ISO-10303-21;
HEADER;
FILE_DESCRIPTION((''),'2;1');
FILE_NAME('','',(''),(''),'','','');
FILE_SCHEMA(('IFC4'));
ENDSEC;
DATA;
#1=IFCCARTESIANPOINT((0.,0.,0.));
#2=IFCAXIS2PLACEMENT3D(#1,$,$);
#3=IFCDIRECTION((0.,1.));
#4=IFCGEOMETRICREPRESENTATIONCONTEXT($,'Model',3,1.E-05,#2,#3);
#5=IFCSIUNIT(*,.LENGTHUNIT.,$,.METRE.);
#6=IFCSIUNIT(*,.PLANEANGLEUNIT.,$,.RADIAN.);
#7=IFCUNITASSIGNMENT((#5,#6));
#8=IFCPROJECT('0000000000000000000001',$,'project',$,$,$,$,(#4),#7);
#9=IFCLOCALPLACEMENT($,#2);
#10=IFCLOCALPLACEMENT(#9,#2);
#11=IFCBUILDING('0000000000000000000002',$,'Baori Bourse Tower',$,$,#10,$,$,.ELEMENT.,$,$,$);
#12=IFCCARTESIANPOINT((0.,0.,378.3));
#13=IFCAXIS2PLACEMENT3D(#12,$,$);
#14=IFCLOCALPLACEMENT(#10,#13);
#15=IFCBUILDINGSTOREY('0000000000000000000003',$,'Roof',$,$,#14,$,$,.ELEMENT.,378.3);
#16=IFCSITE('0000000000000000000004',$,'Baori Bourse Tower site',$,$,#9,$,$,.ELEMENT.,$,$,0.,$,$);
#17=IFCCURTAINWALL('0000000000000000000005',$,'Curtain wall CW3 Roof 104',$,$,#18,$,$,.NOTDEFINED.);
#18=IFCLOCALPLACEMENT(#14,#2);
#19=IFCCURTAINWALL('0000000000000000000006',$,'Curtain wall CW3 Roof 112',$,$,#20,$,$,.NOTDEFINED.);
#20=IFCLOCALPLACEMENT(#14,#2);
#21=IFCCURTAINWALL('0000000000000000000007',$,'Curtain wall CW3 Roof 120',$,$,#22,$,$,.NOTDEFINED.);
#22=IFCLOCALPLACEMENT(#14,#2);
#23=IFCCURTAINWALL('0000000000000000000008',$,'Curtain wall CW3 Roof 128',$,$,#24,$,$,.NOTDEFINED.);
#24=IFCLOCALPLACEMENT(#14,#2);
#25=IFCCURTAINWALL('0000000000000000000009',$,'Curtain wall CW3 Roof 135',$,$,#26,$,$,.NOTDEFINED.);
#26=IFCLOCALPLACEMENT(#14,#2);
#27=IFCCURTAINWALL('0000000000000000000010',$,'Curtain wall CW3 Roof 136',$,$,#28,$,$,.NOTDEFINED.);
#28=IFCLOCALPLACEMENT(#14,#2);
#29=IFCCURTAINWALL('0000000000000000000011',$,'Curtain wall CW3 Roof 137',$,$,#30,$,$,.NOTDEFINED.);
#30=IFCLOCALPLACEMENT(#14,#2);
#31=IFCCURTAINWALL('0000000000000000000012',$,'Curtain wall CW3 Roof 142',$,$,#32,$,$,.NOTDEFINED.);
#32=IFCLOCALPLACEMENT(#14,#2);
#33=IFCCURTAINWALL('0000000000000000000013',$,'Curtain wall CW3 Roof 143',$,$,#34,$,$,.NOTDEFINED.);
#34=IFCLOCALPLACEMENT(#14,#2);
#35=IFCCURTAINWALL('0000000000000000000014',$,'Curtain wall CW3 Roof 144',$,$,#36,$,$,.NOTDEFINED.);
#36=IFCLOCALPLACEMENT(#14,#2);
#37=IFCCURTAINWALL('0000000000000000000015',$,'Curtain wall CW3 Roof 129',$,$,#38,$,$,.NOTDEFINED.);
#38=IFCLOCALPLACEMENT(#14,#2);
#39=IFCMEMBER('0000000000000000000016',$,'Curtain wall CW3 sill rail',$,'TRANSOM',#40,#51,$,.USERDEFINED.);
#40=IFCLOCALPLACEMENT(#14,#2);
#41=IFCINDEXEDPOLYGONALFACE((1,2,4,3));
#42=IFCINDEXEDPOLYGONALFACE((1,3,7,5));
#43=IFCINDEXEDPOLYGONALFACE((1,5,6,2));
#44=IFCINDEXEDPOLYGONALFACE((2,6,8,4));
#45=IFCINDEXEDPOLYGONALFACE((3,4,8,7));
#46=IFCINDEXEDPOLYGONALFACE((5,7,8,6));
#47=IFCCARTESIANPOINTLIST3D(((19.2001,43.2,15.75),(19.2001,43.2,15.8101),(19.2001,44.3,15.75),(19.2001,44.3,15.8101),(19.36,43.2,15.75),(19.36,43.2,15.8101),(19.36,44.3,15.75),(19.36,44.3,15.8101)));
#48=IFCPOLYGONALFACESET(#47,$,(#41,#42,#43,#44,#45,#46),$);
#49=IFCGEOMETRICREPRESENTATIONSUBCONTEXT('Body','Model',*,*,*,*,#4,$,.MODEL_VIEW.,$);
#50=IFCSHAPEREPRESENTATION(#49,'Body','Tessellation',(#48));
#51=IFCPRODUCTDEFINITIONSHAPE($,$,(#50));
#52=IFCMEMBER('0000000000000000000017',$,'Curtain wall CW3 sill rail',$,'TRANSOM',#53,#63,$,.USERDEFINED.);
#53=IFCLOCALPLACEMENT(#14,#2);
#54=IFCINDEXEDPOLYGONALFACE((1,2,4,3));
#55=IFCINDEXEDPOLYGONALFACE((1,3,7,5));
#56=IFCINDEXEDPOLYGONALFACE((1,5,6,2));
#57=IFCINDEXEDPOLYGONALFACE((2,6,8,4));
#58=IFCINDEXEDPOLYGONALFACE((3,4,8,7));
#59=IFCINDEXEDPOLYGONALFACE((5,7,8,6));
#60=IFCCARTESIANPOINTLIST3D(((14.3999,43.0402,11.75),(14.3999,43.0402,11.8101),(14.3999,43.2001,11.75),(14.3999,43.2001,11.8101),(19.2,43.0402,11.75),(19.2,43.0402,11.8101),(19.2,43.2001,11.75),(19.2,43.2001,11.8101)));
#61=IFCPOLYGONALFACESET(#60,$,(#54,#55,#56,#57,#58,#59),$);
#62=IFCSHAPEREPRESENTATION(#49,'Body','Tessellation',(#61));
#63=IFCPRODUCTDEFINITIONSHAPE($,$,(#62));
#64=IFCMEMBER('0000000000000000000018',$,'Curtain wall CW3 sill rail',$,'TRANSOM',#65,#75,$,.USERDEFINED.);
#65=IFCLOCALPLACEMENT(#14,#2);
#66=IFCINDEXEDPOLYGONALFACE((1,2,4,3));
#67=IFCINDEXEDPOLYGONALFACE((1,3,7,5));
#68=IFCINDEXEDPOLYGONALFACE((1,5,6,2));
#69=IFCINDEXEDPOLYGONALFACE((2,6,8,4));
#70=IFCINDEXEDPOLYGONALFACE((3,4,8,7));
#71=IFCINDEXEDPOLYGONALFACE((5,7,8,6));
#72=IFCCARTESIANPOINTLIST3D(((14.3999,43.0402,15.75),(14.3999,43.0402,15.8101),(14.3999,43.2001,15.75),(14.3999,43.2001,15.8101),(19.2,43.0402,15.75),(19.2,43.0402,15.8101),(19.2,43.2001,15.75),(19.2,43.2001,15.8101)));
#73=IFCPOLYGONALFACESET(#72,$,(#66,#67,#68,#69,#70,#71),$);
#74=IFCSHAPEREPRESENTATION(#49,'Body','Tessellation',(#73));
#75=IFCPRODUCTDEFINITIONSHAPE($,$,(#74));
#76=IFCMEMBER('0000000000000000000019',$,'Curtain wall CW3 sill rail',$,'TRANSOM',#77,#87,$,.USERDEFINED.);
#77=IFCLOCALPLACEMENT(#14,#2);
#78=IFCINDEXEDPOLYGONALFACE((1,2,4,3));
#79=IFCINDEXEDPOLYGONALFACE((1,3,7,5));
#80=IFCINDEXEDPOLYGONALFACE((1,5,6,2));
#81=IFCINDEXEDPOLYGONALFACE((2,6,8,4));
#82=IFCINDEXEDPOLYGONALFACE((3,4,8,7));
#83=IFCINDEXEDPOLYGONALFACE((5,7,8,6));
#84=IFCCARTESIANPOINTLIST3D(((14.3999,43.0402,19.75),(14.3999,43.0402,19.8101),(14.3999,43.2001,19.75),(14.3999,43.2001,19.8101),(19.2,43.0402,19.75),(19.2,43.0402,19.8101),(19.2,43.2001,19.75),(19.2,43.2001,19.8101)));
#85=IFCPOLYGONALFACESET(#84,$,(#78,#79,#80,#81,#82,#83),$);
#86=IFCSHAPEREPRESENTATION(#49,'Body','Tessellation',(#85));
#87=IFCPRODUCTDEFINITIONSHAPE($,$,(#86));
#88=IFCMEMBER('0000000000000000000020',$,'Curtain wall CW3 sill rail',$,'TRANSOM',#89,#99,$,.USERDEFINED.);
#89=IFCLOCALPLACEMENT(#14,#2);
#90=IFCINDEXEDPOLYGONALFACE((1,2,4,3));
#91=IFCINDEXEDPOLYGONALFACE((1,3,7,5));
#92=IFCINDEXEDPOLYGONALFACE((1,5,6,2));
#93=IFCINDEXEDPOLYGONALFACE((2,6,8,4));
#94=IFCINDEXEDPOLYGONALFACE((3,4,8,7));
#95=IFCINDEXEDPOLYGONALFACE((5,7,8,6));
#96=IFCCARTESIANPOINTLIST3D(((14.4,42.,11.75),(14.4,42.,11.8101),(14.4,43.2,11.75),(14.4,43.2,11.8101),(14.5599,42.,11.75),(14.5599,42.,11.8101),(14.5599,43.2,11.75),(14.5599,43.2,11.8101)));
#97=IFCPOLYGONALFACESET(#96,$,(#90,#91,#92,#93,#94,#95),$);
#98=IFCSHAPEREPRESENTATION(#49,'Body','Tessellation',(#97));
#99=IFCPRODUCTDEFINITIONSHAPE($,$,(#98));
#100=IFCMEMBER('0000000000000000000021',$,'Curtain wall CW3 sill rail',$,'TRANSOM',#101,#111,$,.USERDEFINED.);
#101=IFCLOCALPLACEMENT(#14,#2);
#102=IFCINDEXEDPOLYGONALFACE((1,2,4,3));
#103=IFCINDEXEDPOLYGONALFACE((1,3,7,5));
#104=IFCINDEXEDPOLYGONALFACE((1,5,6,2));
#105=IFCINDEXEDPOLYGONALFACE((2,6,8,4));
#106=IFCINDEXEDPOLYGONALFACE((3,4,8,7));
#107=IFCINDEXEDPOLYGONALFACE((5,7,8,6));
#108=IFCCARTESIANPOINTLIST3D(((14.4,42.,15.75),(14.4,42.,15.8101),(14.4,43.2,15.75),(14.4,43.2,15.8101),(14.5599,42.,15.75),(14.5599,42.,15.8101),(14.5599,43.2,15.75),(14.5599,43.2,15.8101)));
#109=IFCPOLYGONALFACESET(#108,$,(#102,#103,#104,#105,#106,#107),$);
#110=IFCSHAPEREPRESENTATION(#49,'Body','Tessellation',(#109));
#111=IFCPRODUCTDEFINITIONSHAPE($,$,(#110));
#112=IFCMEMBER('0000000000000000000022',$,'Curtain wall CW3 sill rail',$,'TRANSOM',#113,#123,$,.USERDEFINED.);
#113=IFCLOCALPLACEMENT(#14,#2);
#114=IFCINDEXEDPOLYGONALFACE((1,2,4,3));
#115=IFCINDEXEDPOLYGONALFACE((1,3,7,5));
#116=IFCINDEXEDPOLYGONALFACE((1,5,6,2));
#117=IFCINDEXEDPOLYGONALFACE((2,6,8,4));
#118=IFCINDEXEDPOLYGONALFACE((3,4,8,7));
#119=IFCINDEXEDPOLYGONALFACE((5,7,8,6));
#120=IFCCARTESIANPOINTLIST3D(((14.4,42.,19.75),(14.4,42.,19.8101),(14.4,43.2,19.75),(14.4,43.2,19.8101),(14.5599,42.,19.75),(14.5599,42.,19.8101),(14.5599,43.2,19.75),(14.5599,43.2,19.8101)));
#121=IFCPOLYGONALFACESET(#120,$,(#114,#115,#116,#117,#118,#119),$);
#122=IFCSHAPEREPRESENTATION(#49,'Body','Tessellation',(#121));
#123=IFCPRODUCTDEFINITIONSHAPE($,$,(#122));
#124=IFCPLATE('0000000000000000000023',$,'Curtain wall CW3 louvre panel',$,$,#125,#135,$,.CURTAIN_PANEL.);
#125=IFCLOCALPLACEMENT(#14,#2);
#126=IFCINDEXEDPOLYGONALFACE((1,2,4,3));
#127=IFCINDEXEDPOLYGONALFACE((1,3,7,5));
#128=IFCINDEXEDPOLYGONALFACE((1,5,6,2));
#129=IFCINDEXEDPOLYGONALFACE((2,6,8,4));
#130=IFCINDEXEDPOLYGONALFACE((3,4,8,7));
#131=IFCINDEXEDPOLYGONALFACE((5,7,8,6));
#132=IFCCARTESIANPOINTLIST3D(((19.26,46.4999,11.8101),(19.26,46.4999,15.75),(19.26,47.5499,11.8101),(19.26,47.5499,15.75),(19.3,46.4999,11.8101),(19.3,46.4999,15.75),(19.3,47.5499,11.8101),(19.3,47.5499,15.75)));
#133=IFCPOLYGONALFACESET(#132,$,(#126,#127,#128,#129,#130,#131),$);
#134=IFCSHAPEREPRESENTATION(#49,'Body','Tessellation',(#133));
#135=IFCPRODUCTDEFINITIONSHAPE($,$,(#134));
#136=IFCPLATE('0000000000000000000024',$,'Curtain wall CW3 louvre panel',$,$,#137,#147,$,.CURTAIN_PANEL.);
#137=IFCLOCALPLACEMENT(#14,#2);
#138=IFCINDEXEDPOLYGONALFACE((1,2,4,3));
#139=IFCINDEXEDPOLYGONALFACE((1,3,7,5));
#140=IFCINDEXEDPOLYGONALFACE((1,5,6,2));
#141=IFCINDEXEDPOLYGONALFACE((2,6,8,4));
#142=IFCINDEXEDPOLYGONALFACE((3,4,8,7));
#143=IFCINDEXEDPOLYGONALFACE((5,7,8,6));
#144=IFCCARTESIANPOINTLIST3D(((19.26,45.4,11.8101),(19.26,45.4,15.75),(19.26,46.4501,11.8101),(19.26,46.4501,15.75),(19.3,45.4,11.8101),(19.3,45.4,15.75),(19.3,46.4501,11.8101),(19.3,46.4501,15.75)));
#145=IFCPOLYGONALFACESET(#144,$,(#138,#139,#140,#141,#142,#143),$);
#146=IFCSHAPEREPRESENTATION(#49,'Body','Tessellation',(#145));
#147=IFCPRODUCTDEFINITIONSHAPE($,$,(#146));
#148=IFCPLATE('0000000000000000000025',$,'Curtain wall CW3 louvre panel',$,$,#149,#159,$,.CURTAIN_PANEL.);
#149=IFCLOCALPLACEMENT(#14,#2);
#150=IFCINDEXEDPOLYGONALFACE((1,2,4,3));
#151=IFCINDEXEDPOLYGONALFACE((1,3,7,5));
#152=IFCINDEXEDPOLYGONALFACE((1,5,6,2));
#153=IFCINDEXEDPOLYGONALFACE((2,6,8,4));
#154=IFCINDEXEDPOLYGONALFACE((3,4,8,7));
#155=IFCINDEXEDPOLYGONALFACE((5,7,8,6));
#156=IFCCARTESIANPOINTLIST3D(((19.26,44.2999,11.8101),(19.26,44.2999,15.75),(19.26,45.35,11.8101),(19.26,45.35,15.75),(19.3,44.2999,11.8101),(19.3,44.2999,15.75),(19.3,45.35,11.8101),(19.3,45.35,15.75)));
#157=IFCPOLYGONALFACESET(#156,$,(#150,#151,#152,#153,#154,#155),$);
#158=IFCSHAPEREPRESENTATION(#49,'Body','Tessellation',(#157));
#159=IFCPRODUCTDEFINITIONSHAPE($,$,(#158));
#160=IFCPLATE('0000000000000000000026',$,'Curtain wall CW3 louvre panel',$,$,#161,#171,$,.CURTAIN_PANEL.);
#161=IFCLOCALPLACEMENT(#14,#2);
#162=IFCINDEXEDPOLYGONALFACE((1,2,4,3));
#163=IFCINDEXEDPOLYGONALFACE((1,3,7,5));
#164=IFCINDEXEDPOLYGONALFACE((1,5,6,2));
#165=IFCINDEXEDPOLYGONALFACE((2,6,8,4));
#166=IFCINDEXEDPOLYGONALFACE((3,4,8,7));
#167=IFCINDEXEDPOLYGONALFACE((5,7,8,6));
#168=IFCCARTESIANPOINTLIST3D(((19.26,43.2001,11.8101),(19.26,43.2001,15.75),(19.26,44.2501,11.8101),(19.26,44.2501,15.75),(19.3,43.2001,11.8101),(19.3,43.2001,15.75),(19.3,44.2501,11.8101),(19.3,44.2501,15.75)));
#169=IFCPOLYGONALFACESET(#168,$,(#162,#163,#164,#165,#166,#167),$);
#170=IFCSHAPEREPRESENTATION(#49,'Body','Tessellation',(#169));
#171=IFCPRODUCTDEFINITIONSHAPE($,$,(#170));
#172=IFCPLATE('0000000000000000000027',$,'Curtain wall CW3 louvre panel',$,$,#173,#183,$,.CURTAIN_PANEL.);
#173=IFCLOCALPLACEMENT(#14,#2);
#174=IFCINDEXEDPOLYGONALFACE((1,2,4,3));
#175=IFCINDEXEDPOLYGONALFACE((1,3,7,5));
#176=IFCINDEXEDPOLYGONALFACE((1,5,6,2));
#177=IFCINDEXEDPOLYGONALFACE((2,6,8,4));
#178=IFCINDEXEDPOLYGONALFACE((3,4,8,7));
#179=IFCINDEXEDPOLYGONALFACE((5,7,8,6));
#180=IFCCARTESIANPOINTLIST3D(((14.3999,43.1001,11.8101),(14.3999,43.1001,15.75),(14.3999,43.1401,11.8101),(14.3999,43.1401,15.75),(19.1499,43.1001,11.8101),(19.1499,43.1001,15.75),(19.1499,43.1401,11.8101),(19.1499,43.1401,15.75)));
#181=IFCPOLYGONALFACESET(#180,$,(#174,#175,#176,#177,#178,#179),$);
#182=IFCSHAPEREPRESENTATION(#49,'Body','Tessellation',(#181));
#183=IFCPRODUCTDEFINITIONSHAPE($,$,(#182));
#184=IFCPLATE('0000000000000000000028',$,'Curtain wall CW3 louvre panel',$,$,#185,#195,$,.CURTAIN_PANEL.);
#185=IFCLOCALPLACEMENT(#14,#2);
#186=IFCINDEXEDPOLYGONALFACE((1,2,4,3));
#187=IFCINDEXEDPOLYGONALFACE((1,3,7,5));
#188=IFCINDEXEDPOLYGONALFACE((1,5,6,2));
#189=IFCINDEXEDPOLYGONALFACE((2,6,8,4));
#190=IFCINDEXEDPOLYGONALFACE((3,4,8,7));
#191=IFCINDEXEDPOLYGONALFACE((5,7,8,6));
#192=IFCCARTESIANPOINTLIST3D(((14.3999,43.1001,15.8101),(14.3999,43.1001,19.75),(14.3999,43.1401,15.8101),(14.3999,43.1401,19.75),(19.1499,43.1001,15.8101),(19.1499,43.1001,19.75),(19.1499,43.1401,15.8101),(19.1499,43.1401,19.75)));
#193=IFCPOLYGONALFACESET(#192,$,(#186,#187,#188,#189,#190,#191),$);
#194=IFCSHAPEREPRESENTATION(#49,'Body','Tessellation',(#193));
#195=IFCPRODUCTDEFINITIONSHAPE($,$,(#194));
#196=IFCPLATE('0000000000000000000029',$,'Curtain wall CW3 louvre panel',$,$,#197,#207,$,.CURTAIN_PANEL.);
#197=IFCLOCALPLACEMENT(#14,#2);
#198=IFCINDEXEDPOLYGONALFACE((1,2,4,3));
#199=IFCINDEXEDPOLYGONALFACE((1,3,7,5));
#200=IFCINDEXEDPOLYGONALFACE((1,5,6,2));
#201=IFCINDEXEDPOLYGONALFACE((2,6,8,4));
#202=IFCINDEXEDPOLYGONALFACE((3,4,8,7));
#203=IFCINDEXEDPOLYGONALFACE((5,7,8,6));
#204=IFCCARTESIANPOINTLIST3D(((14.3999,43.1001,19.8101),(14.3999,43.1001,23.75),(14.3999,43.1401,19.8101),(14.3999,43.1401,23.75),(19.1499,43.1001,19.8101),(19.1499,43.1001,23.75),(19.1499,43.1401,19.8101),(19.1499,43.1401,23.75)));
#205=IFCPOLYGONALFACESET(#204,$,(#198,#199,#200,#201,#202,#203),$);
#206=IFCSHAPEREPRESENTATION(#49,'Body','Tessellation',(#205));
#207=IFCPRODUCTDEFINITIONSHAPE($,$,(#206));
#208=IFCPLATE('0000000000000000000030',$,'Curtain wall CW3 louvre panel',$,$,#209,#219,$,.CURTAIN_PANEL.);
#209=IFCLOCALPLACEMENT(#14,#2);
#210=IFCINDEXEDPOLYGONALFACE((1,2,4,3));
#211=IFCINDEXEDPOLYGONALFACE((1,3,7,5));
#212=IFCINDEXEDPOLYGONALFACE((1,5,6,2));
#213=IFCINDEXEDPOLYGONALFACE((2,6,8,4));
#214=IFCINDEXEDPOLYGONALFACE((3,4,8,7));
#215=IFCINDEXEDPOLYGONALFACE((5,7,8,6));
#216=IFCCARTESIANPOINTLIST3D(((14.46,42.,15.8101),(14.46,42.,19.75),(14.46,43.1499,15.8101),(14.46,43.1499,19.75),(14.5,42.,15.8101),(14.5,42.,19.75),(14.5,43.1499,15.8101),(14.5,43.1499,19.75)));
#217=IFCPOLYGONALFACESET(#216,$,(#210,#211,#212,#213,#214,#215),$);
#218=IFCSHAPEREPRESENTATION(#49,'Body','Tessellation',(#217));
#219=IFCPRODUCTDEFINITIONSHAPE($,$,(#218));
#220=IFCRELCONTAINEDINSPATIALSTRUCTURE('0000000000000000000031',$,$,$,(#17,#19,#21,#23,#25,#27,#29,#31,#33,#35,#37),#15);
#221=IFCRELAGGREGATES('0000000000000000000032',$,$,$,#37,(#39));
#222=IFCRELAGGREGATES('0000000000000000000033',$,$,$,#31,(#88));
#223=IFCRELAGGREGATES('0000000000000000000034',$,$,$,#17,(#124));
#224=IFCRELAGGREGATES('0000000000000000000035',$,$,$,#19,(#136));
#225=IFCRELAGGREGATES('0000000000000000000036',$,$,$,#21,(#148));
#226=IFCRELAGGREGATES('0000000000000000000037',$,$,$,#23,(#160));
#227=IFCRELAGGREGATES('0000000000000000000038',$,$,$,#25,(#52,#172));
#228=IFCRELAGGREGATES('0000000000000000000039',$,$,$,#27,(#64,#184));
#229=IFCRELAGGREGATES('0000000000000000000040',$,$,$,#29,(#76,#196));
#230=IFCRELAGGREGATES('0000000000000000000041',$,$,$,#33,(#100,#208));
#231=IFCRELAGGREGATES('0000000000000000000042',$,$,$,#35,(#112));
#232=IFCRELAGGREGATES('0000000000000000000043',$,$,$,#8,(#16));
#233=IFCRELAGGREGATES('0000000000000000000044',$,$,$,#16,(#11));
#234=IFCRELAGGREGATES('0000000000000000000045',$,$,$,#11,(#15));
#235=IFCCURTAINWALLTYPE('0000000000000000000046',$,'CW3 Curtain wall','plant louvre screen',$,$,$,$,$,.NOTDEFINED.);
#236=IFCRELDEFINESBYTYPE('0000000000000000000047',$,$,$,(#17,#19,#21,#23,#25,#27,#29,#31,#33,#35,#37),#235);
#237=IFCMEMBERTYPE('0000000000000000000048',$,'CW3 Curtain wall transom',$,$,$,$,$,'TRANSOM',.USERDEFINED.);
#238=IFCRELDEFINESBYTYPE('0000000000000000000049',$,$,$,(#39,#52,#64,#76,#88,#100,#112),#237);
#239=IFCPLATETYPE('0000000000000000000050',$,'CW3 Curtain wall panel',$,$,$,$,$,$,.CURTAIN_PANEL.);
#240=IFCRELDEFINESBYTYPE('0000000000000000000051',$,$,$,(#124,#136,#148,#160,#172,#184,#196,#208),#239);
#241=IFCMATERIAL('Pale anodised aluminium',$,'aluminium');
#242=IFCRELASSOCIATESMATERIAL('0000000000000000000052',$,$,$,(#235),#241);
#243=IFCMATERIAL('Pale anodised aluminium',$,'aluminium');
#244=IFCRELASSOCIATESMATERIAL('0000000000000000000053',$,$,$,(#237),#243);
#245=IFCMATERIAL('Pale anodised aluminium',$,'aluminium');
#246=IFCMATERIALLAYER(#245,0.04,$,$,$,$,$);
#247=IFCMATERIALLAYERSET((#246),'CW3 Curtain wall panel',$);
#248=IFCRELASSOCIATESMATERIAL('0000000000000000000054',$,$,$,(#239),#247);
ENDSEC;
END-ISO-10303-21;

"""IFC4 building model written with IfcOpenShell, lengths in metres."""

from ifc_helpers import new_model, si_unit, direction, frame, origin, origin_2d, place, context, subcontext, project, spatial, rectangle, extrude, material, layer, layer_set, material_profile, profile_set, type_object, element, aggregate, save


model = new_model("IFC4")

# Units and contexts
model_context = context("Model", 3, precision=1e-05, world=origin(), true_north=direction((0.0, 1.0)))
body_context = subcontext(model_context, "Body", "Model", "MODEL_VIEW")
ifc_project = project(units=[si_unit("LENGTHUNIT", "METRE"), si_unit("PLANEANGLEUNIT", "RADIAN")], contexts=[model_context])

# Site, building, storey
site_placement = place(None, origin())
site = spatial("IfcSite", under=ifc_project, at=site_placement, Name="Baori Bourse Tower site", CompositionType="ELEMENT", RefElevation=0.0)
building_placement = place(site_placement, origin())
building = spatial("IfcBuilding", under=site, at=building_placement, Name="Baori Bourse Tower", CompositionType="ELEMENT")
storey_placement = place(building_placement, frame((0.0, 0.0, 378.3)))
storey = spatial("IfcBuildingStorey", under=building, at=storey_placement, Name="Roof", CompositionType="ELEMENT", Elevation=378.3)

# Curtain walls
ifc_material_1 = material(Name="Pale anodised aluminium", Category="aluminium")
curtain_wall_type = type_object("IfcCurtainWallType", Name="CW3 Curtain wall", Description="plant louvre screen", PredefinedType="NOTDEFINED", material=ifc_material_1)
curtain_wall_1_placement = place(storey_placement, origin())
curtain_wall_1 = element("IfcCurtainWall", 1, at=curtain_wall_1_placement, inside=storey, type_object=curtain_wall_type, Name="Curtain wall CW3 Roof 104", PredefinedType="NOTDEFINED")
curtain_wall_2_placement = place(storey_placement, origin())
curtain_wall_2 = element("IfcCurtainWall", 2, at=curtain_wall_2_placement, inside=storey, type_object=curtain_wall_type, Name="Curtain wall CW3 Roof 112", PredefinedType="NOTDEFINED")
curtain_wall_3_placement = place(storey_placement, origin())
curtain_wall_3 = element("IfcCurtainWall", 3, at=curtain_wall_3_placement, inside=storey, type_object=curtain_wall_type, Name="Curtain wall CW3 Roof 120", PredefinedType="NOTDEFINED")
curtain_wall_4_placement = place(storey_placement, origin())
curtain_wall_4 = element("IfcCurtainWall", 4, at=curtain_wall_4_placement, inside=storey, type_object=curtain_wall_type, Name="Curtain wall CW3 Roof 128", PredefinedType="NOTDEFINED")
curtain_wall_5_placement = place(storey_placement, origin())
curtain_wall_5 = element("IfcCurtainWall", 5, at=curtain_wall_5_placement, inside=storey, type_object=curtain_wall_type, Name="Curtain wall CW3 Roof 135", PredefinedType="NOTDEFINED")
curtain_wall_6_placement = place(storey_placement, origin())
curtain_wall_6 = element("IfcCurtainWall", 6, at=curtain_wall_6_placement, inside=storey, type_object=curtain_wall_type, Name="Curtain wall CW3 Roof 136", PredefinedType="NOTDEFINED")
curtain_wall_7_placement = place(storey_placement, origin())
curtain_wall_7 = element("IfcCurtainWall", 7, at=curtain_wall_7_placement, inside=storey, type_object=curtain_wall_type, Name="Curtain wall CW3 Roof 137", PredefinedType="NOTDEFINED")
curtain_wall_8_placement = place(storey_placement, origin())
curtain_wall_8 = element("IfcCurtainWall", 8, at=curtain_wall_8_placement, inside=storey, type_object=curtain_wall_type, Name="Curtain wall CW3 Roof 142", PredefinedType="NOTDEFINED")
curtain_wall_9_placement = place(storey_placement, origin())
curtain_wall_9 = element("IfcCurtainWall", 9, at=curtain_wall_9_placement, inside=storey, type_object=curtain_wall_type, Name="Curtain wall CW3 Roof 143", PredefinedType="NOTDEFINED")
curtain_wall_10_placement = place(storey_placement, origin())
curtain_wall_10 = element("IfcCurtainWall", 10, at=curtain_wall_10_placement, inside=storey, type_object=curtain_wall_type, Name="Curtain wall CW3 Roof 144", PredefinedType="NOTDEFINED")

# Shared definitions
ifc_material_2 = material(Name="Pale anodised aluminium", Category="aluminium")
ifc_material_profile_1 = material_profile(ifc_material_2, rectangle(XDim=0.1599, YDim=0.0601, at=origin_2d()), Name="Transom 60x160")
ifc_profile_set_1 = profile_set([ifc_material_profile_1], Name="Pale anodised aluminium")
member_type_1 = type_object("IfcMemberType", Name="CW3 Curtain wall transom", ElementType="TRANSOM", PredefinedType="USERDEFINED", material=ifc_profile_set_1)

# Curtain wall, member
curtain_wall_11_placement = place(storey_placement, origin())
curtain_wall_11 = element("IfcCurtainWall", 11, at=curtain_wall_11_placement, inside=storey, type_object=curtain_wall_type, Name="Curtain wall CW3 Roof 129", PredefinedType="NOTDEFINED")
member_1_placement = place(storey_placement, frame((19.28, 44.3, 15.78), z_axis=(0.0, -1.0, 0.0), x_axis=(1.0, 0.0, 0.0)))
member_1 = element("IfcMember", 12, at=member_1_placement, type_object=member_type_1, Name="Curtain wall CW3 sill rail", ObjectType="TRANSOM", PredefinedType="USERDEFINED", context=body_context, shape_type="SweptSolid", body=[
    extrude(rectangle(XDim=0.1599, YDim=0.0601, at=origin_2d()), origin(), (0.0, 0.0, 1.0), 1.1001),
])
aggregate(curtain_wall_11, [member_1])

# Members
member_2_placement = place(storey_placement, frame((19.2, 43.1201, 11.78), z_axis=(-1.0, 0.0, 0.0), x_axis=(0.0, -1.0, 0.0)))
member_2 = element("IfcMember", 13, at=member_2_placement, type_object=member_type_1, Name="Curtain wall CW3 sill rail", ObjectType="TRANSOM", PredefinedType="USERDEFINED", context=body_context, shape_type="SweptSolid", body=[
    extrude(rectangle(XDim=0.1599, YDim=0.0601, at=origin_2d()), origin(), (0.0, 0.0, 1.0), 4.8),
])
member_3_placement = place(storey_placement, frame((19.2, 43.1201, 15.78), z_axis=(-1.0, 0.0, 0.0), x_axis=(0.0, -1.0, 0.0)))
member_3 = element("IfcMember", 14, at=member_3_placement, type_object=member_type_1, Name="Curtain wall CW3 sill rail", ObjectType="TRANSOM", PredefinedType="USERDEFINED", context=body_context, shape_type="SweptSolid", body=[
    extrude(rectangle(XDim=0.1599, YDim=0.0601, at=origin_2d()), origin(), (0.0, 0.0, 1.0), 4.8),
])
member_4_placement = place(storey_placement, frame((19.2, 43.1201, 19.78), z_axis=(-1.0, 0.0, 0.0), x_axis=(0.0, -1.0, 0.0)))
member_4 = element("IfcMember", 15, at=member_4_placement, type_object=member_type_1, Name="Curtain wall CW3 sill rail", ObjectType="TRANSOM", PredefinedType="USERDEFINED", context=body_context, shape_type="SweptSolid", body=[
    extrude(rectangle(XDim=0.1599, YDim=0.0601, at=origin_2d()), origin(), (0.0, 0.0, 1.0), 4.8),
])
member_5_placement = place(storey_placement, frame((14.48, 43.2, 11.78), z_axis=(0.0, -1.0, 0.0), x_axis=(1.0, 0.0, 0.0)))
member_5 = element("IfcMember", 16, at=member_5_placement, type_object=member_type_1, Name="Curtain wall CW3 sill rail", ObjectType="TRANSOM", PredefinedType="USERDEFINED", context=body_context, shape_type="SweptSolid", body=[
    extrude(rectangle(XDim=0.1599, YDim=0.0601, at=origin_2d()), origin(), (0.0, 0.0, 1.0), 1.2),
])
aggregate(curtain_wall_8, [member_5])
member_6_placement = place(storey_placement, frame((14.48, 43.2, 15.78), z_axis=(0.0, -1.0, 0.0), x_axis=(1.0, 0.0, 0.0)))
member_6 = element("IfcMember", 17, at=member_6_placement, type_object=member_type_1, Name="Curtain wall CW3 sill rail", ObjectType="TRANSOM", PredefinedType="USERDEFINED", context=body_context, shape_type="SweptSolid", body=[
    extrude(rectangle(XDim=0.1599, YDim=0.0601, at=origin_2d()), origin(), (0.0, 0.0, 1.0), 1.2),
])
member_7_placement = place(storey_placement, frame((14.48, 43.2, 19.78), z_axis=(0.0, -1.0, 0.0), x_axis=(1.0, 0.0, 0.0)))
member_7 = element("IfcMember", 18, at=member_7_placement, type_object=member_type_1, Name="Curtain wall CW3 sill rail", ObjectType="TRANSOM", PredefinedType="USERDEFINED", context=body_context, shape_type="SweptSolid", body=[
    extrude(rectangle(XDim=0.1599, YDim=0.0601, at=origin_2d()), origin(), (0.0, 0.0, 1.0), 1.2),
])

# Plates
ifc_material_3 = material(Name="Pale anodised aluminium", Category="aluminium")
ifc_layer = layer(ifc_material_3, 0.04)
ifc_layer_set = layer_set([ifc_layer], Name="CW3 Curtain wall panel")
plate_type = type_object("IfcPlateType", Name="CW3 Curtain wall panel", PredefinedType="CURTAIN_PANEL", material=ifc_layer_set)
plate_1_placement = place(storey_placement, frame((19.28, 47.0249, 11.8101), z_axis=(0.0, 0.0, 1.0), x_axis=(0.0, -1.0, 0.0)))
plate_1 = element("IfcPlate", 19, at=plate_1_placement, type_object=plate_type, Name="Curtain wall CW3 louvre panel", PredefinedType="CURTAIN_PANEL", context=body_context, shape_type="SweptSolid", body=[
    extrude(rectangle(XDim=1.05, YDim=0.04, at=origin_2d()), origin(), (0.0, 0.0, 1.0), 3.9399),
])
aggregate(curtain_wall_1, [plate_1])
plate_2_placement = place(storey_placement, frame((19.28, 45.925, 11.8101), z_axis=(0.0, 0.0, 1.0), x_axis=(0.0, -1.0, 0.0)))
plate_2 = element("IfcPlate", 20, at=plate_2_placement, type_object=plate_type, Name="Curtain wall CW3 louvre panel", PredefinedType="CURTAIN_PANEL", context=body_context, shape_type="SweptSolid", body=[
    extrude(rectangle(XDim=1.05, YDim=0.04, at=origin_2d()), origin(), (0.0, 0.0, 1.0), 3.9399),
])
aggregate(curtain_wall_2, [plate_2])
plate_3_placement = place(storey_placement, frame((19.28, 44.825, 11.8101), z_axis=(0.0, 0.0, 1.0), x_axis=(0.0, -1.0, 0.0)))
plate_3 = element("IfcPlate", 21, at=plate_3_placement, type_object=plate_type, Name="Curtain wall CW3 louvre panel", PredefinedType="CURTAIN_PANEL", context=body_context, shape_type="SweptSolid", body=[
    extrude(rectangle(XDim=1.05, YDim=0.04, at=origin_2d()), origin(), (0.0, 0.0, 1.0), 3.9399),
])
aggregate(curtain_wall_3, [plate_3])
plate_4_placement = place(storey_placement, frame((19.28, 43.7251, 11.8101), z_axis=(0.0, 0.0, 1.0), x_axis=(0.0, -1.0, 0.0)))
plate_4 = element("IfcPlate", 22, at=plate_4_placement, type_object=plate_type, Name="Curtain wall CW3 louvre panel", PredefinedType="CURTAIN_PANEL", context=body_context, shape_type="SweptSolid", body=[
    extrude(rectangle(XDim=1.05, YDim=0.04, at=origin_2d()), origin(), (0.0, 0.0, 1.0), 3.9399),
])
aggregate(curtain_wall_4, [plate_4])
plate_5_placement = place(storey_placement, frame((16.7749, 43.1201, 11.8101), z_axis=(0.0, 0.0, 1.0), x_axis=(-1.0, 0.0, 0.0)))
plate_5 = element("IfcPlate", 23, at=plate_5_placement, type_object=plate_type, Name="Curtain wall CW3 louvre panel", PredefinedType="CURTAIN_PANEL", context=body_context, shape_type="SweptSolid", body=[
    extrude(rectangle(XDim=4.75, YDim=0.04, at=origin_2d()), origin(), (0.0, 0.0, 1.0), 3.9399),
])
aggregate(curtain_wall_5, [member_2, plate_5])
plate_6_placement = place(storey_placement, frame((16.7749, 43.1201, 15.8101), z_axis=(0.0, 0.0, 1.0), x_axis=(-1.0, 0.0, 0.0)))
plate_6 = element("IfcPlate", 24, at=plate_6_placement, type_object=plate_type, Name="Curtain wall CW3 louvre panel", PredefinedType="CURTAIN_PANEL", context=body_context, shape_type="SweptSolid", body=[
    extrude(rectangle(XDim=4.75, YDim=0.04, at=origin_2d()), origin(), (0.0, 0.0, 1.0), 3.9399),
])
aggregate(curtain_wall_6, [member_3, plate_6])
plate_7_placement = place(storey_placement, frame((16.7749, 43.1201, 19.8101), z_axis=(0.0, 0.0, 1.0), x_axis=(-1.0, 0.0, 0.0)))
plate_7 = element("IfcPlate", 25, at=plate_7_placement, type_object=plate_type, Name="Curtain wall CW3 louvre panel", PredefinedType="CURTAIN_PANEL", context=body_context, shape_type="SweptSolid", body=[
    extrude(rectangle(XDim=4.75, YDim=0.04, at=origin_2d()), origin(), (0.0, 0.0, 1.0), 3.9399),
])
aggregate(curtain_wall_7, [member_4, plate_7])
plate_8_placement = place(storey_placement, frame((14.48, 42.575, 15.8101), z_axis=(0.0, 0.0, 1.0), x_axis=(0.0, -1.0, 0.0)))
plate_8 = element("IfcPlate", 26, at=plate_8_placement, type_object=plate_type, Name="Curtain wall CW3 louvre panel", PredefinedType="CURTAIN_PANEL", context=body_context, shape_type="SweptSolid", body=[
    extrude(rectangle(XDim=1.1499, YDim=0.04, at=origin_2d()), origin(), (0.0, 0.0, 1.0), 3.9399),
])
aggregate(curtain_wall_9, [member_6, plate_8])
aggregate(curtain_wall_10, [member_7])

save(model, "model.ifc")
